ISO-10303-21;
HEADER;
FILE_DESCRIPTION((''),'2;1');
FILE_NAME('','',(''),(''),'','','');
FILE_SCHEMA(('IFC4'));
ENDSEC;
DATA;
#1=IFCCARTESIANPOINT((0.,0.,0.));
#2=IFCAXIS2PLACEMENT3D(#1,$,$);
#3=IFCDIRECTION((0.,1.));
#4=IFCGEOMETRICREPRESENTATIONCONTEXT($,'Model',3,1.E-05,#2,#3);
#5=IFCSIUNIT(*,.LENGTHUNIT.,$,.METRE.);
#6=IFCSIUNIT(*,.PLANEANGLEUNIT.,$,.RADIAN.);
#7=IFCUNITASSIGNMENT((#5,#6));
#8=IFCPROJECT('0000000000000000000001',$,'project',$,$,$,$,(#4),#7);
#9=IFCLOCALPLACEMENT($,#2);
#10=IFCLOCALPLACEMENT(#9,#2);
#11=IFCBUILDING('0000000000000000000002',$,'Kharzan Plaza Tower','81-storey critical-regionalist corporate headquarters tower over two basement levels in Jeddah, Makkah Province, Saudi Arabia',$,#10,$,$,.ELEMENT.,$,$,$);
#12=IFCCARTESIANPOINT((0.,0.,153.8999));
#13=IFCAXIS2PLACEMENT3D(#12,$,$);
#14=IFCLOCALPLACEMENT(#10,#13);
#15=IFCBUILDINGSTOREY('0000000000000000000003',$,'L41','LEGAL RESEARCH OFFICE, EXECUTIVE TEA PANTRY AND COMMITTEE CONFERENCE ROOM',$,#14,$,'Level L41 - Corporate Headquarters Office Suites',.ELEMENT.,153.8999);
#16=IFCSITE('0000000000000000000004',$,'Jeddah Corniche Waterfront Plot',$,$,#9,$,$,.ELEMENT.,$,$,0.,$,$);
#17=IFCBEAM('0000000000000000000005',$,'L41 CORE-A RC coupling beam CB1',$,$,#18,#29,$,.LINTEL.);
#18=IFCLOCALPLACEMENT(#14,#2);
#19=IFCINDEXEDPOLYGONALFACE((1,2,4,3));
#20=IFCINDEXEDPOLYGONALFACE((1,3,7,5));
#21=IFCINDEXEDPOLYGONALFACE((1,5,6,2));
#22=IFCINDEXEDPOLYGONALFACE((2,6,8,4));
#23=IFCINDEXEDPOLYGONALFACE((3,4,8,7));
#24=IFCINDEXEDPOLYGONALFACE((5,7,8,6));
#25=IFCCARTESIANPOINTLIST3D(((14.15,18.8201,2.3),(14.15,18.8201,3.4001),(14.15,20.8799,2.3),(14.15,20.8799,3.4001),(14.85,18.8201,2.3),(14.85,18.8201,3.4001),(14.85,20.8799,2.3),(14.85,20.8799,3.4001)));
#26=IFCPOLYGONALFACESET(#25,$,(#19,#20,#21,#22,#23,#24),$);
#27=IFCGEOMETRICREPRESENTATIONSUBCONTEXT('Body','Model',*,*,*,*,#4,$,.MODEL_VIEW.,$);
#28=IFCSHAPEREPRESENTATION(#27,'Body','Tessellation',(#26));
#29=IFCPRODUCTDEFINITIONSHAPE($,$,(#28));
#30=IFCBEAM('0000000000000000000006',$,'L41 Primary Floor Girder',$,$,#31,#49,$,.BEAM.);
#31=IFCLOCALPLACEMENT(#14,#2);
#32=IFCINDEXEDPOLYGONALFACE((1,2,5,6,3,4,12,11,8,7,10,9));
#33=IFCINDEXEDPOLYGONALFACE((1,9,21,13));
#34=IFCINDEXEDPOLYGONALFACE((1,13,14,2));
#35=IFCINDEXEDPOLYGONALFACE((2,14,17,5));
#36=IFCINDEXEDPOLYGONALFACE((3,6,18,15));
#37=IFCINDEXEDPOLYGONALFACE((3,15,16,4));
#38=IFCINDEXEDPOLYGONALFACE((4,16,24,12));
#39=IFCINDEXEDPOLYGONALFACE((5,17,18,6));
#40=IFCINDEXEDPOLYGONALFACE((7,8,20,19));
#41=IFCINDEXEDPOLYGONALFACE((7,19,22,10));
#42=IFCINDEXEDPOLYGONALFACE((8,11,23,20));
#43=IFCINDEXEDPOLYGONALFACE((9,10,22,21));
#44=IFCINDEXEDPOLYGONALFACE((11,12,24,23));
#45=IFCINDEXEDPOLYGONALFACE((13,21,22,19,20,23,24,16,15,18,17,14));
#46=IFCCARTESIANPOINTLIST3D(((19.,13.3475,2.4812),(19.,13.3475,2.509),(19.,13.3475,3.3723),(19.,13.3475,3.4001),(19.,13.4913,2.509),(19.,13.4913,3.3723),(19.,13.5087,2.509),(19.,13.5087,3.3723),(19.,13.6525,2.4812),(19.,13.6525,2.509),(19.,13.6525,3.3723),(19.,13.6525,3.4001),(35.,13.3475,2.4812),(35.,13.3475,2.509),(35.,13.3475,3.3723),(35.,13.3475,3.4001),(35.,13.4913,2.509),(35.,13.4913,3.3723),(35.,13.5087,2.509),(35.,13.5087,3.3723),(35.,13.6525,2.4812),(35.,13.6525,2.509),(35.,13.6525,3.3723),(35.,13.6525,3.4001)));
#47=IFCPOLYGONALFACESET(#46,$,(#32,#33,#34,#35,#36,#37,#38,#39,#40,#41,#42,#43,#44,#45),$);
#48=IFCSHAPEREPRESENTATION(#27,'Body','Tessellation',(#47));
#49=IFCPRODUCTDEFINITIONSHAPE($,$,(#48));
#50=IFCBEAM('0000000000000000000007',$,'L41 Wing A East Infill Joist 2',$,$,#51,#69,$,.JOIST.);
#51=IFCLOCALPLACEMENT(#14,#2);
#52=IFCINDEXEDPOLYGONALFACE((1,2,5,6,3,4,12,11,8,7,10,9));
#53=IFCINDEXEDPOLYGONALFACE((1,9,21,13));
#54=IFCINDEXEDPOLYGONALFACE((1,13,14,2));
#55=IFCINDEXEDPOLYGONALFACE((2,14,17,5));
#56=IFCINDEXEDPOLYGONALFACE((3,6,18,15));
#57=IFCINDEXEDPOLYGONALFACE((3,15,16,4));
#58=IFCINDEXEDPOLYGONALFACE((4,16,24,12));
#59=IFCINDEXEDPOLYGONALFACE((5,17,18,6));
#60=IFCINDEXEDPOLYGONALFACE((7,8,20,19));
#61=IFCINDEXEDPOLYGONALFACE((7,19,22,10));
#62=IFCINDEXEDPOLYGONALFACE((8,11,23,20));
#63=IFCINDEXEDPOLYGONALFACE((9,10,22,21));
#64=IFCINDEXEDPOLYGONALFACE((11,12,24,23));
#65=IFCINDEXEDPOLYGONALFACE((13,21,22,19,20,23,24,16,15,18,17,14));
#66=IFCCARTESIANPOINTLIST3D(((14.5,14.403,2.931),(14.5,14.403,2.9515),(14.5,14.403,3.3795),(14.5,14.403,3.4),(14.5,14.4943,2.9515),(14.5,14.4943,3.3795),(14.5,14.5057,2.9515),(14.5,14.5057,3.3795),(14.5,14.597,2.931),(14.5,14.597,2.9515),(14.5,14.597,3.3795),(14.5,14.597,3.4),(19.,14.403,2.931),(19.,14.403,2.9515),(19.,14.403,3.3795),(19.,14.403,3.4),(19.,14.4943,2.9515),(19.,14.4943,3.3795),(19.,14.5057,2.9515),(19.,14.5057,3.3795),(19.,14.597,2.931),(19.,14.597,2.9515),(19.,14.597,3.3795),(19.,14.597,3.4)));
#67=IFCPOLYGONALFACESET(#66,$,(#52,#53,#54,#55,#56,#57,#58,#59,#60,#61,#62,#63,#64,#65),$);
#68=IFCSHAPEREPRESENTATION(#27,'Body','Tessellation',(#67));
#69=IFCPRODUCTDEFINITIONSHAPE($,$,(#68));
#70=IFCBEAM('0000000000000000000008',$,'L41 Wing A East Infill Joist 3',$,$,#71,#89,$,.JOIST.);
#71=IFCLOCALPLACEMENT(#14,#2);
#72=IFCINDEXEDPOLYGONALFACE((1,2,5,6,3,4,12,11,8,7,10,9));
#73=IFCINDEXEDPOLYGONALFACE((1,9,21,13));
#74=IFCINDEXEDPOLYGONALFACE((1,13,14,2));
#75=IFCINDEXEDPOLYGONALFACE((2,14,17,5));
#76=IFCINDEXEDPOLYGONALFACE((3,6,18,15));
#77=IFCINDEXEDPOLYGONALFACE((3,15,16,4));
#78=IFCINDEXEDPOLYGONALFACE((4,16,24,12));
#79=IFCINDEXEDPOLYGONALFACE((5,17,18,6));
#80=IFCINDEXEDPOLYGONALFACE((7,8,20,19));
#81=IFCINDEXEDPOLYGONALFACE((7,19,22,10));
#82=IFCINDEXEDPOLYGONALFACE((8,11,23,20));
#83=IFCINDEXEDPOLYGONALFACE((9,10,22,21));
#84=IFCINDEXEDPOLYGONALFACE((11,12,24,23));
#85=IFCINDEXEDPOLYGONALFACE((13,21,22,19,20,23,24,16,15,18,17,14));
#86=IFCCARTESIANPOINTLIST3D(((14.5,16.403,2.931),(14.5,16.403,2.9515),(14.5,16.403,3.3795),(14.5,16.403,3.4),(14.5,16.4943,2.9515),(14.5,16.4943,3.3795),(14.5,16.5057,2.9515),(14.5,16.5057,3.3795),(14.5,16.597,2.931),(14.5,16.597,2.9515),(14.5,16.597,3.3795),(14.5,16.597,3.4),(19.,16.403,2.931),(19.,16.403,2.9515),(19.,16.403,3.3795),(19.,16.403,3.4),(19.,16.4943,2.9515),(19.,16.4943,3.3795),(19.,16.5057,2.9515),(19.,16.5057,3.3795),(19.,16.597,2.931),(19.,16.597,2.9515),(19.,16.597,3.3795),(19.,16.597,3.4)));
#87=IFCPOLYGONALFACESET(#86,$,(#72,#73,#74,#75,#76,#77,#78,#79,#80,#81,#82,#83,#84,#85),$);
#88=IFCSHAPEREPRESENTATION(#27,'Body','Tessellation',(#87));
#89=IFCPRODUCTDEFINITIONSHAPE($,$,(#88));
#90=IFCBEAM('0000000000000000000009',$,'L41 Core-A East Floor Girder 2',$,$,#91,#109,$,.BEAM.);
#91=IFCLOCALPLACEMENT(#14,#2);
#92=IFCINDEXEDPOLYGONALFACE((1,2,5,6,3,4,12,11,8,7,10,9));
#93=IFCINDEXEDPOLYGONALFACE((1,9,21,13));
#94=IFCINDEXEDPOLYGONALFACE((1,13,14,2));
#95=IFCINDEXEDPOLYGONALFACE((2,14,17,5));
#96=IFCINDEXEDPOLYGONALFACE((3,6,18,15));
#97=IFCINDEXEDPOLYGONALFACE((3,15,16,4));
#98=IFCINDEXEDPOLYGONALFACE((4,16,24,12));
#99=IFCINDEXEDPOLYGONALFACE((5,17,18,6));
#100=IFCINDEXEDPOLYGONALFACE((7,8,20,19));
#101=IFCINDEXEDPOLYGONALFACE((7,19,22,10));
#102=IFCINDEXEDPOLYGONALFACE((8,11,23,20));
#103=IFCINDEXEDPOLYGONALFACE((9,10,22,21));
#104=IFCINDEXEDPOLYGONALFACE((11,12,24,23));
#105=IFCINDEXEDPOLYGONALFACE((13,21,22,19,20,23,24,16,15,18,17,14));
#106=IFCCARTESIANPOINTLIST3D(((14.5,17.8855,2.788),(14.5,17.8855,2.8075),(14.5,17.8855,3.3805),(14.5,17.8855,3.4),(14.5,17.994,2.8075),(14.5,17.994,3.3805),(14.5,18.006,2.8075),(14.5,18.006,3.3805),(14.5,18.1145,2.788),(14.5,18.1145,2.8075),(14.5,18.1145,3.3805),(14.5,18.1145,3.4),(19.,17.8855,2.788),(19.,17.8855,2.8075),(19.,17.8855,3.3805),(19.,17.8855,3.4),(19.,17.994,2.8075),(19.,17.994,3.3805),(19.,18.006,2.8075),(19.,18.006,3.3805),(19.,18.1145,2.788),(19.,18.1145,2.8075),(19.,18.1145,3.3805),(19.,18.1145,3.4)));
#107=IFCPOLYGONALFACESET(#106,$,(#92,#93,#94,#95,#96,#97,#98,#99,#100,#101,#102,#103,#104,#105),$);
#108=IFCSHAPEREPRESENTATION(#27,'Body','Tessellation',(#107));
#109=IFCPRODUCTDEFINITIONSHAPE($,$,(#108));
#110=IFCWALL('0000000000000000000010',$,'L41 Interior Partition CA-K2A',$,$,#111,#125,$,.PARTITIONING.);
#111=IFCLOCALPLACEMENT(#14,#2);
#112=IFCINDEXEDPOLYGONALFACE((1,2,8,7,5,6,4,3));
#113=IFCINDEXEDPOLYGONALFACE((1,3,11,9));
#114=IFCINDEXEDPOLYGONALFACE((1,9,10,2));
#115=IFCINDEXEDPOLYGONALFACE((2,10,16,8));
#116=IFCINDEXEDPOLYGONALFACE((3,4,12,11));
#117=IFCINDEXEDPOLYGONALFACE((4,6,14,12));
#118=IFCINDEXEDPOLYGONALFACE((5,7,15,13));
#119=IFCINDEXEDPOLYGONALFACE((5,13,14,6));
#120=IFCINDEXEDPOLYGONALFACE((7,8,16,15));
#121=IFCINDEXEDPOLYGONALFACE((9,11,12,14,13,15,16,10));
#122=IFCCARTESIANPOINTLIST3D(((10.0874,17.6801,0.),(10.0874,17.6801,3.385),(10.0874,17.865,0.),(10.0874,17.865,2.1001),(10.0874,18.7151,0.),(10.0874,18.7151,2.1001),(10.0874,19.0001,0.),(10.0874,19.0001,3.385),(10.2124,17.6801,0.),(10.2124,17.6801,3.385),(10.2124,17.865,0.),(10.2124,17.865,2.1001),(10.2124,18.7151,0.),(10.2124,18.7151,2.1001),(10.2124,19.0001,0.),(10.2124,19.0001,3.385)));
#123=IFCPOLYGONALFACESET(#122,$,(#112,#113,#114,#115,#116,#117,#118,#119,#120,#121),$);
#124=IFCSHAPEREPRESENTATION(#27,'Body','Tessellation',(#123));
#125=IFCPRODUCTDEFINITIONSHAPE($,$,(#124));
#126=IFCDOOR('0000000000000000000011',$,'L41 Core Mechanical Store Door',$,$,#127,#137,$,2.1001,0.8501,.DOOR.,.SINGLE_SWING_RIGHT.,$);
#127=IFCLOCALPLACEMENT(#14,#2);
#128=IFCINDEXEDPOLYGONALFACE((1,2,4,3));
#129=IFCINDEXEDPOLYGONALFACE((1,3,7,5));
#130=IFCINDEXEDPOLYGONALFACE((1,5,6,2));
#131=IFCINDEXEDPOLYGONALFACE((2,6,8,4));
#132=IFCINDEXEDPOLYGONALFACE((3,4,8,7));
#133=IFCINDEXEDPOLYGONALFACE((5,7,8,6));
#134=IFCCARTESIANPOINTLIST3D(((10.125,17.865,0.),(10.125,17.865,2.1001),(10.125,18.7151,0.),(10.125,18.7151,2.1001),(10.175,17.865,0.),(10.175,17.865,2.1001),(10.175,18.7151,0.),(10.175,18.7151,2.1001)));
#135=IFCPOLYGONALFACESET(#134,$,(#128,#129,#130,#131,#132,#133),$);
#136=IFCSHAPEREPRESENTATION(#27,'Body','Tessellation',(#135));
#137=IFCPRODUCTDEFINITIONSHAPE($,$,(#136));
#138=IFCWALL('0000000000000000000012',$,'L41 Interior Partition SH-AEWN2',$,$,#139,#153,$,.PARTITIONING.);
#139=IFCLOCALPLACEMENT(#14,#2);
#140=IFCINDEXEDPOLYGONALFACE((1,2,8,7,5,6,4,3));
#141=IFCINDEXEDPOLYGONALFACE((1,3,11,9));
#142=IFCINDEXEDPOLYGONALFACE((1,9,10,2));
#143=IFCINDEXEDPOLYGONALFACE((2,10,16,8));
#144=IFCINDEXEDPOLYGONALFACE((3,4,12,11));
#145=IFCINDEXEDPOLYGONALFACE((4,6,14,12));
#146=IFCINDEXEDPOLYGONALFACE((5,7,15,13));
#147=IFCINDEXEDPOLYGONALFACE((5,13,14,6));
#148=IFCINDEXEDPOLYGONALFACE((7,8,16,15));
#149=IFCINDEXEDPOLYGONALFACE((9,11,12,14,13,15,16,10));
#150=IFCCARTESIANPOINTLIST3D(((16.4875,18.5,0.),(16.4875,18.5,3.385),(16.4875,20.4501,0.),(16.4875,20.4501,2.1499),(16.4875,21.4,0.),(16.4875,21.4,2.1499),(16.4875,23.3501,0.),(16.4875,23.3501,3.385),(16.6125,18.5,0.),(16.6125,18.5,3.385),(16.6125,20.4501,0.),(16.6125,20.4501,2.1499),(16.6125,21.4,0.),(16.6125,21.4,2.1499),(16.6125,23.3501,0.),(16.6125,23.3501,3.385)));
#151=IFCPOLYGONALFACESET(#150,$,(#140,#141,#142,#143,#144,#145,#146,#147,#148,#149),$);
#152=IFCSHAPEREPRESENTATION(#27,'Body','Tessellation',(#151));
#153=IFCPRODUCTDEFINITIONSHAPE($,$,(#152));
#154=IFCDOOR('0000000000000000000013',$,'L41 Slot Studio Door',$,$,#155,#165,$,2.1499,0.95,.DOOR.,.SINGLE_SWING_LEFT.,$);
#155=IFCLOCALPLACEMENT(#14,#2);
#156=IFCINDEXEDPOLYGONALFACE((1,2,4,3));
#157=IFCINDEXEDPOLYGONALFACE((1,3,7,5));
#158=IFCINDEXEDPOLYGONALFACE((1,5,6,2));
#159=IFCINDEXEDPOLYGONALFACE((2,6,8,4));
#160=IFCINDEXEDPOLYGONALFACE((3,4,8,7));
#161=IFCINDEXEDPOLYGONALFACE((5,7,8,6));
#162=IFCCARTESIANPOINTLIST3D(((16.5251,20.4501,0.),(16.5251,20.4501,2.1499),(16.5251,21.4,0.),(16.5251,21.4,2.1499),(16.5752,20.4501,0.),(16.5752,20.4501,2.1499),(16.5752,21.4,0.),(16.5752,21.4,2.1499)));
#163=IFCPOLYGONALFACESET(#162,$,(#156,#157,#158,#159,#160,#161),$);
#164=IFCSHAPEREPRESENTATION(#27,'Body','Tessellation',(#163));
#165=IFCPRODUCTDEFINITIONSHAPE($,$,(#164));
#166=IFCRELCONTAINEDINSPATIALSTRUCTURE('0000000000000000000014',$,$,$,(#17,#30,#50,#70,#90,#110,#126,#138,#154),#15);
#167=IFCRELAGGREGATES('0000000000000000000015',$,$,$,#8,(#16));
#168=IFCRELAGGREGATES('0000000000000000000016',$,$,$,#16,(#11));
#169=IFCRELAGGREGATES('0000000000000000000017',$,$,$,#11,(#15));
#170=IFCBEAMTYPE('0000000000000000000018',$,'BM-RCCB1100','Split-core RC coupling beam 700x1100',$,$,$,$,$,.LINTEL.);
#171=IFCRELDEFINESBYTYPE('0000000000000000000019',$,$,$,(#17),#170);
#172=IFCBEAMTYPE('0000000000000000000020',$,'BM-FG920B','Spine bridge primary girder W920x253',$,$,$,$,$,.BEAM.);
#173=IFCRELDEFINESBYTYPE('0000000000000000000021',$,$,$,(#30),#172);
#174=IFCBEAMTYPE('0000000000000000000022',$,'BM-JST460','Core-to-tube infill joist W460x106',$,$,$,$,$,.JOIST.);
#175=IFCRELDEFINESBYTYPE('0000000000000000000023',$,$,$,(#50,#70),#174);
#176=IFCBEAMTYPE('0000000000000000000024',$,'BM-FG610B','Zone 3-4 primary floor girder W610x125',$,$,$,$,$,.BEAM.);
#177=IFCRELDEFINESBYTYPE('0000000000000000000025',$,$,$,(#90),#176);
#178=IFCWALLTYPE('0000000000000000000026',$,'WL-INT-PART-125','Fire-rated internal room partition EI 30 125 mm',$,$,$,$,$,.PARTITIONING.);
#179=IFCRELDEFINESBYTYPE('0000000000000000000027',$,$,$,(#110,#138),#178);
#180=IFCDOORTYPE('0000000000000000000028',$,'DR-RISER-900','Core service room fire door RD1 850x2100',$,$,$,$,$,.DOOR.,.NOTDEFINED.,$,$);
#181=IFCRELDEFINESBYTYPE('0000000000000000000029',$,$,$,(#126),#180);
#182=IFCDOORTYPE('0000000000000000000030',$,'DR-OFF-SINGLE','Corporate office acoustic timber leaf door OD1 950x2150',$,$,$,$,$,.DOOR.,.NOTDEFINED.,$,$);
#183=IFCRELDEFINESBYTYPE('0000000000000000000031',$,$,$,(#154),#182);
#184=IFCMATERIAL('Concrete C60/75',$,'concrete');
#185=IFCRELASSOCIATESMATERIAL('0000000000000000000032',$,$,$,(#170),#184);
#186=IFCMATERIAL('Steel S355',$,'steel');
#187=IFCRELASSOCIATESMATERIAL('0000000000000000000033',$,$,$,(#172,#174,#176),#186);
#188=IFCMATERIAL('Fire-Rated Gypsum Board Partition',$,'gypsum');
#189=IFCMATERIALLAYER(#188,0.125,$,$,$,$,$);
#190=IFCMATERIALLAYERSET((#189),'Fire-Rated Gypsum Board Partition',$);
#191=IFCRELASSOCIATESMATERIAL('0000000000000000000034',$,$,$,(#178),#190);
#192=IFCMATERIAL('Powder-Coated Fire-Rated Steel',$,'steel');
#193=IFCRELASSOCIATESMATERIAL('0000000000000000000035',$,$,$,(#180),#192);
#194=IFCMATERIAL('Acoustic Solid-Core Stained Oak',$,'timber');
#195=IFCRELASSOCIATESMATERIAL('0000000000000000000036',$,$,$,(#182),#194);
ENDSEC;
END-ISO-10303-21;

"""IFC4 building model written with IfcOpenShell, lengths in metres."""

from ifc_helpers import new_model, si_unit, direction, frame, frame_2d, origin, origin_2d, place, context, subcontext, project, spatial, rectangle, i_section, extrude, source, transform, mapped, material, layer, layer_set, material_profile, profile_set, type_object, element, fill, save


model = new_model("IFC4")

# Units and contexts
model_context = context("Model", 3, precision=1e-05, world=origin(), true_north=direction((0.0, 1.0)))
body_context = subcontext(model_context, "Body", "Model", "MODEL_VIEW")
ifc_project = project(units=[si_unit("LENGTHUNIT", "METRE"), si_unit("PLANEANGLEUNIT", "RADIAN")], contexts=[model_context])

# Site, building, storey
site_placement = place(None, origin())
site = spatial("IfcSite", under=ifc_project, at=site_placement, Name="Jeddah Corniche Waterfront Plot", CompositionType="ELEMENT", RefElevation=0.0)
building_placement = place(site_placement, origin())
building = spatial("IfcBuilding", under=site, at=building_placement, Name="Kharzan Plaza Tower", Description="81-storey critical-regionalist corporate headquarters tower over two basement levels in Jeddah, Makkah Province, Saudi Arabia", CompositionType="ELEMENT")
storey_placement = place(building_placement, frame((0.0, 0.0, 153.8999)))
storey = spatial("IfcBuildingStorey", under=building, at=storey_placement, Name="L41", Description="LEGAL RESEARCH OFFICE, EXECUTIVE TEA PANTRY AND COMMITTEE CONFERENCE ROOM", LongName="Level L41 - Corporate Headquarters Office Suites", CompositionType="ELEMENT", Elevation=153.8999)

# Beams
ifc_material_1 = material(Name="Concrete C60/75", Category="concrete")
ifc_material_profile_1 = material_profile(ifc_material_1, rectangle(XDim=0.7, YDim=1.1001, at=origin_2d()), Name="RC-CB1100x700")
ifc_profile_set_1 = profile_set([ifc_material_profile_1], Name="Concrete C60/75")
beam_type_1 = type_object("IfcBeamType", Name="BM-RCCB1100", Description="Split-core RC coupling beam 700x1100", PredefinedType="LINTEL", material=ifc_profile_set_1)
shared_shape_1 = source(origin(), body_context, "Body", "SweptSolid", [
    extrude(rectangle(XDim=0.7, YDim=1.1001, at=origin_2d()), origin(), (0.0, 0.0, 1.0), 2.0598),
])
beam_1_placement = place(storey_placement, frame((14.5, 18.8201, 2.8501), z_axis=(0.0, 1.0, 0.0), x_axis=(-1.0, 0.0, 0.0)))
element("IfcBeam", 1, at=beam_1_placement, inside=storey, type_object=beam_type_1, Name="L41 CORE-A RC coupling beam CB1", PredefinedType="LINTEL", context=body_context, shape_type="MappedRepresentation", body=[
    mapped(shared_shape_1, transform((0.0, 0.0, 0.0), x_axis=(1.0, 0.0, 0.0), y_axis=(0.0, 1.0, 0.0), z_axis=(0.0, 0.0, 1.0))),
])
ifc_material_2 = material(Name="Steel S355", Category="steel")
ifc_material_profile_2 = material_profile(ifc_material_2, i_section(OverallWidth=0.3049, OverallDepth=0.9189, WebThickness=0.0173, FlangeThickness=0.0278, at=origin_2d()), Name="W920x253")
ifc_profile_set_2 = profile_set([ifc_material_profile_2], Name="Steel S355")
beam_type_2 = type_object("IfcBeamType", Name="BM-FG920B", Description="Spine bridge primary girder W920x253", PredefinedType="BEAM", material=ifc_profile_set_2)
shared_shape_2 = source(origin(), body_context, "Body", "SweptSolid", [
    extrude(i_section(OverallWidth=0.3049, OverallDepth=0.9189, WebThickness=0.0173, FlangeThickness=0.0278, at=origin_2d()), origin(), (0.0, 0.0, 1.0), 16.0),
])
beam_2_placement = place(storey_placement, frame((19.0, 13.5, 2.9407), z_axis=(1.0, 0.0, 0.0), x_axis=(0.0, 1.0, 0.0)))
element("IfcBeam", 2, at=beam_2_placement, inside=storey, type_object=beam_type_2, Name="L41 Primary Floor Girder", PredefinedType="BEAM", context=body_context, shape_type="MappedRepresentation", body=[
    mapped(shared_shape_2, transform((0.0, 0.0, 0.0), x_axis=(1.0, 0.0, 0.0), y_axis=(0.0, 1.0, 0.0), z_axis=(0.0, 0.0, 1.0))),
])
ifc_material_profile_3 = material_profile(ifc_material_2, i_section(OverallWidth=0.1941, OverallDepth=0.469, WebThickness=0.0115, FlangeThickness=0.0205, at=origin_2d()), Name="W460x106")
ifc_profile_set_3 = profile_set([ifc_material_profile_3], Name="Steel S355")
beam_type_3 = type_object("IfcBeamType", Name="BM-JST460", Description="Core-to-tube infill joist W460x106", PredefinedType="JOIST", material=ifc_profile_set_3)
shared_shape_3 = source(origin(), body_context, "Body", "SweptSolid", [
    extrude(i_section(OverallWidth=0.1941, OverallDepth=0.469, WebThickness=0.0115, FlangeThickness=0.0205, at=origin_2d()), origin(), (0.0, 0.0, 1.0), 4.5),
])
for number, where, z_axis, x_axis, name in (
    (3, (14.5, 14.5, 3.1655), (1.0, 0.0, 0.0), (0.0, 1.0, 0.0), "L41 Wing A East Infill Joist 2"),
    (4, (14.5, 16.5, 3.1655), (1.0, 0.0, 0.0), (0.0, 1.0, 0.0), "L41 Wing A East Infill Joist 3"),
):
    element("IfcBeam", number, at=place(storey_placement, frame(where, z_axis=z_axis, x_axis=x_axis)), inside=storey, type_object=beam_type_3, Name=name, PredefinedType="JOIST", context=body_context, shape_type="MappedRepresentation", body=[
        mapped(shared_shape_3, transform((0.0, 0.0, 0.0), x_axis=(1.0, 0.0, 0.0), y_axis=(0.0, 1.0, 0.0), z_axis=(0.0, 0.0, 1.0))),
    ])
ifc_material_profile_4 = material_profile(ifc_material_2, i_section(OverallWidth=0.229, OverallDepth=0.6121, WebThickness=0.012, FlangeThickness=0.0195, at=origin_2d()), Name="W610x125")
ifc_profile_set_4 = profile_set([ifc_material_profile_4], Name="Steel S355")
beam_type_4 = type_object("IfcBeamType", Name="BM-FG610B", Description="Zone 3-4 primary floor girder W610x125", PredefinedType="BEAM", material=ifc_profile_set_4)
shared_shape_4 = source(origin(), body_context, "Body", "SweptSolid", [
    extrude(i_section(OverallWidth=0.229, OverallDepth=0.6121, WebThickness=0.012, FlangeThickness=0.0195, at=origin_2d()), origin(), (0.0, 0.0, 1.0), 4.5),
])
beam_3_placement = place(storey_placement, frame((14.5, 18.0, 3.094), z_axis=(1.0, 0.0, 0.0), x_axis=(0.0, 1.0, 0.0)))
element("IfcBeam", 5, at=beam_3_placement, inside=storey, type_object=beam_type_4, Name="L41 Core-A East Floor Girder 2", PredefinedType="BEAM", context=body_context, shape_type="MappedRepresentation", body=[
    mapped(shared_shape_4, transform((0.0, 0.0, 0.0), x_axis=(1.0, 0.0, 0.0), y_axis=(0.0, 1.0, 0.0), z_axis=(0.0, 0.0, 1.0))),
])

# Walls, openings, doors
ifc_material_3 = material(Name="Fire-Rated Gypsum Board Partition", Category="gypsum")
ifc_layer_1 = layer(ifc_material_3, 0.125)
ifc_layer_set_1 = layer_set([ifc_layer_1], Name="Fire-Rated Gypsum Board Partition")
wall_type_1 = type_object("IfcWallType", Name="WL-INT-PART-125", Description="Fire-rated internal room partition EI 30 125 mm", PredefinedType="PARTITIONING", material=ifc_layer_set_1)
wall_1_placement = place(storey_placement, frame((10.1499, 17.6799, 0.0), z_axis=(0.0, 0.0, 1.0), x_axis=(0.0, 1.0, 0.0)))
wall_1 = element("IfcWall", 6, at=wall_1_placement, inside=storey, type_object=wall_type_1, Name="L41 Interior Partition CA-K2A", PredefinedType="PARTITIONING", context=body_context, shape_type="SweptSolid", body=[
    extrude(rectangle(XDim=1.3201, YDim=0.125, at=frame_2d((0.6602, 0.0))), origin(), (0.0, 0.0, 1.0), 3.385),
])
opening_1_placement = place(wall_1_placement, frame((0.1851, 0.0, 0.0)))
opening_1 = element("IfcOpeningElement", 7, at=opening_1_placement, cuts=wall_1, PredefinedType="OPENING", context=body_context, shape_type="SweptSolid", body=[
    extrude(rectangle(XDim=0.8501, YDim=2.1001, at=frame_2d((0.425, 1.05))), frame((0.0, 0.0725, 0.0), z_axis=(0.0, -1.0, 0.0), x_axis=(1.0, 0.0, 0.0)), (0.0, 0.0, 1.0), 0.145),
])
ifc_material_4 = material(Name="Powder-Coated Fire-Rated Steel", Category="steel")
door_type_1 = type_object("IfcDoorType", Name="DR-RISER-900", Description="Core service room fire door RD1 850x2100", OperationType="NOTDEFINED", PredefinedType="DOOR", material=ifc_material_4)
shared_shape_5 = source(origin(), body_context, "Body", "SweptSolid", [
    extrude(rectangle(XDim=0.8501, YDim=2.1001, at=frame_2d((0.425, 1.05))), frame((0.0, 0.0249, 0.0), z_axis=(0.0, -1.0, 0.0), x_axis=(1.0, 0.0, 0.0)), (0.0, 0.0, 1.0), 0.05),
])
door_1_placement = place(opening_1_placement, origin())
door_1 = element("IfcDoor", 8, at=door_1_placement, inside=storey, type_object=door_type_1, Name="L41 Core Mechanical Store Door", OperationType="SINGLE_SWING_RIGHT", OverallHeight=2.1001, OverallWidth=0.8501, PredefinedType="DOOR", context=body_context, shape_type="MappedRepresentation", body=[
    mapped(shared_shape_5, transform((0.0, 0.0, 0.0), x_axis=(1.0, 0.0, 0.0), y_axis=(0.0, 1.0, 0.0), z_axis=(0.0, 0.0, 1.0))),
])
fill(opening_1, door_1)
wall_2_placement = place(storey_placement, frame((16.55, 18.5, 0.0), z_axis=(0.0, 0.0, 1.0), x_axis=(0.0, 1.0, 0.0)))
wall_2 = element("IfcWall", 9, at=wall_2_placement, inside=storey, type_object=wall_type_1, Name="L41 Interior Partition SH-AEWN2", PredefinedType="PARTITIONING", context=body_context, shape_type="SweptSolid", body=[
    extrude(rectangle(XDim=4.8501, YDim=0.125, at=frame_2d((2.425, 0.0))), origin(), (0.0, 0.0, 1.0), 3.385),
])
opening_2_placement = place(wall_2_placement, frame((1.95, 0.0, 0.0)))
opening_2 = element("IfcOpeningElement", 10, at=opening_2_placement, cuts=wall_2, PredefinedType="OPENING", context=body_context, shape_type="SweptSolid", body=[
    extrude(rectangle(XDim=0.95, YDim=2.1499, at=frame_2d((0.4751, 1.075))), frame((0.0, 0.0725, 0.0), z_axis=(0.0, -1.0, 0.0), x_axis=(1.0, 0.0, 0.0)), (0.0, 0.0, 1.0), 0.145),
])
ifc_material_5 = material(Name="Acoustic Solid-Core Stained Oak", Category="timber")
door_type_2 = type_object("IfcDoorType", Name="DR-OFF-SINGLE", Description="Corporate office acoustic timber leaf door OD1 950x2150", OperationType="NOTDEFINED", PredefinedType="DOOR", material=ifc_material_5)
shared_shape_6 = source(origin(), body_context, "Body", "SweptSolid", [
    extrude(rectangle(XDim=0.95, YDim=2.1499, at=frame_2d((0.4751, 1.075))), frame((0.0, 0.0249, 0.0), z_axis=(0.0, -1.0, 0.0), x_axis=(1.0, 0.0, 0.0)), (0.0, 0.0, 1.0), 0.05),
])
door_2_placement = place(opening_2_placement, origin())
door_2 = element("IfcDoor", 11, at=door_2_placement, inside=storey, type_object=door_type_2, Name="L41 Slot Studio Door", OperationType="SINGLE_SWING_LEFT", OverallHeight=2.1499, OverallWidth=0.95, PredefinedType="DOOR", context=body_context, shape_type="MappedRepresentation", body=[
    mapped(shared_shape_6, transform((0.0, 0.0, 0.0), x_axis=(1.0, 0.0, 0.0), y_axis=(0.0, 1.0, 0.0), z_axis=(0.0, 0.0, 1.0))),
])
fill(opening_2, door_2)

save(model, "model.ifc")
